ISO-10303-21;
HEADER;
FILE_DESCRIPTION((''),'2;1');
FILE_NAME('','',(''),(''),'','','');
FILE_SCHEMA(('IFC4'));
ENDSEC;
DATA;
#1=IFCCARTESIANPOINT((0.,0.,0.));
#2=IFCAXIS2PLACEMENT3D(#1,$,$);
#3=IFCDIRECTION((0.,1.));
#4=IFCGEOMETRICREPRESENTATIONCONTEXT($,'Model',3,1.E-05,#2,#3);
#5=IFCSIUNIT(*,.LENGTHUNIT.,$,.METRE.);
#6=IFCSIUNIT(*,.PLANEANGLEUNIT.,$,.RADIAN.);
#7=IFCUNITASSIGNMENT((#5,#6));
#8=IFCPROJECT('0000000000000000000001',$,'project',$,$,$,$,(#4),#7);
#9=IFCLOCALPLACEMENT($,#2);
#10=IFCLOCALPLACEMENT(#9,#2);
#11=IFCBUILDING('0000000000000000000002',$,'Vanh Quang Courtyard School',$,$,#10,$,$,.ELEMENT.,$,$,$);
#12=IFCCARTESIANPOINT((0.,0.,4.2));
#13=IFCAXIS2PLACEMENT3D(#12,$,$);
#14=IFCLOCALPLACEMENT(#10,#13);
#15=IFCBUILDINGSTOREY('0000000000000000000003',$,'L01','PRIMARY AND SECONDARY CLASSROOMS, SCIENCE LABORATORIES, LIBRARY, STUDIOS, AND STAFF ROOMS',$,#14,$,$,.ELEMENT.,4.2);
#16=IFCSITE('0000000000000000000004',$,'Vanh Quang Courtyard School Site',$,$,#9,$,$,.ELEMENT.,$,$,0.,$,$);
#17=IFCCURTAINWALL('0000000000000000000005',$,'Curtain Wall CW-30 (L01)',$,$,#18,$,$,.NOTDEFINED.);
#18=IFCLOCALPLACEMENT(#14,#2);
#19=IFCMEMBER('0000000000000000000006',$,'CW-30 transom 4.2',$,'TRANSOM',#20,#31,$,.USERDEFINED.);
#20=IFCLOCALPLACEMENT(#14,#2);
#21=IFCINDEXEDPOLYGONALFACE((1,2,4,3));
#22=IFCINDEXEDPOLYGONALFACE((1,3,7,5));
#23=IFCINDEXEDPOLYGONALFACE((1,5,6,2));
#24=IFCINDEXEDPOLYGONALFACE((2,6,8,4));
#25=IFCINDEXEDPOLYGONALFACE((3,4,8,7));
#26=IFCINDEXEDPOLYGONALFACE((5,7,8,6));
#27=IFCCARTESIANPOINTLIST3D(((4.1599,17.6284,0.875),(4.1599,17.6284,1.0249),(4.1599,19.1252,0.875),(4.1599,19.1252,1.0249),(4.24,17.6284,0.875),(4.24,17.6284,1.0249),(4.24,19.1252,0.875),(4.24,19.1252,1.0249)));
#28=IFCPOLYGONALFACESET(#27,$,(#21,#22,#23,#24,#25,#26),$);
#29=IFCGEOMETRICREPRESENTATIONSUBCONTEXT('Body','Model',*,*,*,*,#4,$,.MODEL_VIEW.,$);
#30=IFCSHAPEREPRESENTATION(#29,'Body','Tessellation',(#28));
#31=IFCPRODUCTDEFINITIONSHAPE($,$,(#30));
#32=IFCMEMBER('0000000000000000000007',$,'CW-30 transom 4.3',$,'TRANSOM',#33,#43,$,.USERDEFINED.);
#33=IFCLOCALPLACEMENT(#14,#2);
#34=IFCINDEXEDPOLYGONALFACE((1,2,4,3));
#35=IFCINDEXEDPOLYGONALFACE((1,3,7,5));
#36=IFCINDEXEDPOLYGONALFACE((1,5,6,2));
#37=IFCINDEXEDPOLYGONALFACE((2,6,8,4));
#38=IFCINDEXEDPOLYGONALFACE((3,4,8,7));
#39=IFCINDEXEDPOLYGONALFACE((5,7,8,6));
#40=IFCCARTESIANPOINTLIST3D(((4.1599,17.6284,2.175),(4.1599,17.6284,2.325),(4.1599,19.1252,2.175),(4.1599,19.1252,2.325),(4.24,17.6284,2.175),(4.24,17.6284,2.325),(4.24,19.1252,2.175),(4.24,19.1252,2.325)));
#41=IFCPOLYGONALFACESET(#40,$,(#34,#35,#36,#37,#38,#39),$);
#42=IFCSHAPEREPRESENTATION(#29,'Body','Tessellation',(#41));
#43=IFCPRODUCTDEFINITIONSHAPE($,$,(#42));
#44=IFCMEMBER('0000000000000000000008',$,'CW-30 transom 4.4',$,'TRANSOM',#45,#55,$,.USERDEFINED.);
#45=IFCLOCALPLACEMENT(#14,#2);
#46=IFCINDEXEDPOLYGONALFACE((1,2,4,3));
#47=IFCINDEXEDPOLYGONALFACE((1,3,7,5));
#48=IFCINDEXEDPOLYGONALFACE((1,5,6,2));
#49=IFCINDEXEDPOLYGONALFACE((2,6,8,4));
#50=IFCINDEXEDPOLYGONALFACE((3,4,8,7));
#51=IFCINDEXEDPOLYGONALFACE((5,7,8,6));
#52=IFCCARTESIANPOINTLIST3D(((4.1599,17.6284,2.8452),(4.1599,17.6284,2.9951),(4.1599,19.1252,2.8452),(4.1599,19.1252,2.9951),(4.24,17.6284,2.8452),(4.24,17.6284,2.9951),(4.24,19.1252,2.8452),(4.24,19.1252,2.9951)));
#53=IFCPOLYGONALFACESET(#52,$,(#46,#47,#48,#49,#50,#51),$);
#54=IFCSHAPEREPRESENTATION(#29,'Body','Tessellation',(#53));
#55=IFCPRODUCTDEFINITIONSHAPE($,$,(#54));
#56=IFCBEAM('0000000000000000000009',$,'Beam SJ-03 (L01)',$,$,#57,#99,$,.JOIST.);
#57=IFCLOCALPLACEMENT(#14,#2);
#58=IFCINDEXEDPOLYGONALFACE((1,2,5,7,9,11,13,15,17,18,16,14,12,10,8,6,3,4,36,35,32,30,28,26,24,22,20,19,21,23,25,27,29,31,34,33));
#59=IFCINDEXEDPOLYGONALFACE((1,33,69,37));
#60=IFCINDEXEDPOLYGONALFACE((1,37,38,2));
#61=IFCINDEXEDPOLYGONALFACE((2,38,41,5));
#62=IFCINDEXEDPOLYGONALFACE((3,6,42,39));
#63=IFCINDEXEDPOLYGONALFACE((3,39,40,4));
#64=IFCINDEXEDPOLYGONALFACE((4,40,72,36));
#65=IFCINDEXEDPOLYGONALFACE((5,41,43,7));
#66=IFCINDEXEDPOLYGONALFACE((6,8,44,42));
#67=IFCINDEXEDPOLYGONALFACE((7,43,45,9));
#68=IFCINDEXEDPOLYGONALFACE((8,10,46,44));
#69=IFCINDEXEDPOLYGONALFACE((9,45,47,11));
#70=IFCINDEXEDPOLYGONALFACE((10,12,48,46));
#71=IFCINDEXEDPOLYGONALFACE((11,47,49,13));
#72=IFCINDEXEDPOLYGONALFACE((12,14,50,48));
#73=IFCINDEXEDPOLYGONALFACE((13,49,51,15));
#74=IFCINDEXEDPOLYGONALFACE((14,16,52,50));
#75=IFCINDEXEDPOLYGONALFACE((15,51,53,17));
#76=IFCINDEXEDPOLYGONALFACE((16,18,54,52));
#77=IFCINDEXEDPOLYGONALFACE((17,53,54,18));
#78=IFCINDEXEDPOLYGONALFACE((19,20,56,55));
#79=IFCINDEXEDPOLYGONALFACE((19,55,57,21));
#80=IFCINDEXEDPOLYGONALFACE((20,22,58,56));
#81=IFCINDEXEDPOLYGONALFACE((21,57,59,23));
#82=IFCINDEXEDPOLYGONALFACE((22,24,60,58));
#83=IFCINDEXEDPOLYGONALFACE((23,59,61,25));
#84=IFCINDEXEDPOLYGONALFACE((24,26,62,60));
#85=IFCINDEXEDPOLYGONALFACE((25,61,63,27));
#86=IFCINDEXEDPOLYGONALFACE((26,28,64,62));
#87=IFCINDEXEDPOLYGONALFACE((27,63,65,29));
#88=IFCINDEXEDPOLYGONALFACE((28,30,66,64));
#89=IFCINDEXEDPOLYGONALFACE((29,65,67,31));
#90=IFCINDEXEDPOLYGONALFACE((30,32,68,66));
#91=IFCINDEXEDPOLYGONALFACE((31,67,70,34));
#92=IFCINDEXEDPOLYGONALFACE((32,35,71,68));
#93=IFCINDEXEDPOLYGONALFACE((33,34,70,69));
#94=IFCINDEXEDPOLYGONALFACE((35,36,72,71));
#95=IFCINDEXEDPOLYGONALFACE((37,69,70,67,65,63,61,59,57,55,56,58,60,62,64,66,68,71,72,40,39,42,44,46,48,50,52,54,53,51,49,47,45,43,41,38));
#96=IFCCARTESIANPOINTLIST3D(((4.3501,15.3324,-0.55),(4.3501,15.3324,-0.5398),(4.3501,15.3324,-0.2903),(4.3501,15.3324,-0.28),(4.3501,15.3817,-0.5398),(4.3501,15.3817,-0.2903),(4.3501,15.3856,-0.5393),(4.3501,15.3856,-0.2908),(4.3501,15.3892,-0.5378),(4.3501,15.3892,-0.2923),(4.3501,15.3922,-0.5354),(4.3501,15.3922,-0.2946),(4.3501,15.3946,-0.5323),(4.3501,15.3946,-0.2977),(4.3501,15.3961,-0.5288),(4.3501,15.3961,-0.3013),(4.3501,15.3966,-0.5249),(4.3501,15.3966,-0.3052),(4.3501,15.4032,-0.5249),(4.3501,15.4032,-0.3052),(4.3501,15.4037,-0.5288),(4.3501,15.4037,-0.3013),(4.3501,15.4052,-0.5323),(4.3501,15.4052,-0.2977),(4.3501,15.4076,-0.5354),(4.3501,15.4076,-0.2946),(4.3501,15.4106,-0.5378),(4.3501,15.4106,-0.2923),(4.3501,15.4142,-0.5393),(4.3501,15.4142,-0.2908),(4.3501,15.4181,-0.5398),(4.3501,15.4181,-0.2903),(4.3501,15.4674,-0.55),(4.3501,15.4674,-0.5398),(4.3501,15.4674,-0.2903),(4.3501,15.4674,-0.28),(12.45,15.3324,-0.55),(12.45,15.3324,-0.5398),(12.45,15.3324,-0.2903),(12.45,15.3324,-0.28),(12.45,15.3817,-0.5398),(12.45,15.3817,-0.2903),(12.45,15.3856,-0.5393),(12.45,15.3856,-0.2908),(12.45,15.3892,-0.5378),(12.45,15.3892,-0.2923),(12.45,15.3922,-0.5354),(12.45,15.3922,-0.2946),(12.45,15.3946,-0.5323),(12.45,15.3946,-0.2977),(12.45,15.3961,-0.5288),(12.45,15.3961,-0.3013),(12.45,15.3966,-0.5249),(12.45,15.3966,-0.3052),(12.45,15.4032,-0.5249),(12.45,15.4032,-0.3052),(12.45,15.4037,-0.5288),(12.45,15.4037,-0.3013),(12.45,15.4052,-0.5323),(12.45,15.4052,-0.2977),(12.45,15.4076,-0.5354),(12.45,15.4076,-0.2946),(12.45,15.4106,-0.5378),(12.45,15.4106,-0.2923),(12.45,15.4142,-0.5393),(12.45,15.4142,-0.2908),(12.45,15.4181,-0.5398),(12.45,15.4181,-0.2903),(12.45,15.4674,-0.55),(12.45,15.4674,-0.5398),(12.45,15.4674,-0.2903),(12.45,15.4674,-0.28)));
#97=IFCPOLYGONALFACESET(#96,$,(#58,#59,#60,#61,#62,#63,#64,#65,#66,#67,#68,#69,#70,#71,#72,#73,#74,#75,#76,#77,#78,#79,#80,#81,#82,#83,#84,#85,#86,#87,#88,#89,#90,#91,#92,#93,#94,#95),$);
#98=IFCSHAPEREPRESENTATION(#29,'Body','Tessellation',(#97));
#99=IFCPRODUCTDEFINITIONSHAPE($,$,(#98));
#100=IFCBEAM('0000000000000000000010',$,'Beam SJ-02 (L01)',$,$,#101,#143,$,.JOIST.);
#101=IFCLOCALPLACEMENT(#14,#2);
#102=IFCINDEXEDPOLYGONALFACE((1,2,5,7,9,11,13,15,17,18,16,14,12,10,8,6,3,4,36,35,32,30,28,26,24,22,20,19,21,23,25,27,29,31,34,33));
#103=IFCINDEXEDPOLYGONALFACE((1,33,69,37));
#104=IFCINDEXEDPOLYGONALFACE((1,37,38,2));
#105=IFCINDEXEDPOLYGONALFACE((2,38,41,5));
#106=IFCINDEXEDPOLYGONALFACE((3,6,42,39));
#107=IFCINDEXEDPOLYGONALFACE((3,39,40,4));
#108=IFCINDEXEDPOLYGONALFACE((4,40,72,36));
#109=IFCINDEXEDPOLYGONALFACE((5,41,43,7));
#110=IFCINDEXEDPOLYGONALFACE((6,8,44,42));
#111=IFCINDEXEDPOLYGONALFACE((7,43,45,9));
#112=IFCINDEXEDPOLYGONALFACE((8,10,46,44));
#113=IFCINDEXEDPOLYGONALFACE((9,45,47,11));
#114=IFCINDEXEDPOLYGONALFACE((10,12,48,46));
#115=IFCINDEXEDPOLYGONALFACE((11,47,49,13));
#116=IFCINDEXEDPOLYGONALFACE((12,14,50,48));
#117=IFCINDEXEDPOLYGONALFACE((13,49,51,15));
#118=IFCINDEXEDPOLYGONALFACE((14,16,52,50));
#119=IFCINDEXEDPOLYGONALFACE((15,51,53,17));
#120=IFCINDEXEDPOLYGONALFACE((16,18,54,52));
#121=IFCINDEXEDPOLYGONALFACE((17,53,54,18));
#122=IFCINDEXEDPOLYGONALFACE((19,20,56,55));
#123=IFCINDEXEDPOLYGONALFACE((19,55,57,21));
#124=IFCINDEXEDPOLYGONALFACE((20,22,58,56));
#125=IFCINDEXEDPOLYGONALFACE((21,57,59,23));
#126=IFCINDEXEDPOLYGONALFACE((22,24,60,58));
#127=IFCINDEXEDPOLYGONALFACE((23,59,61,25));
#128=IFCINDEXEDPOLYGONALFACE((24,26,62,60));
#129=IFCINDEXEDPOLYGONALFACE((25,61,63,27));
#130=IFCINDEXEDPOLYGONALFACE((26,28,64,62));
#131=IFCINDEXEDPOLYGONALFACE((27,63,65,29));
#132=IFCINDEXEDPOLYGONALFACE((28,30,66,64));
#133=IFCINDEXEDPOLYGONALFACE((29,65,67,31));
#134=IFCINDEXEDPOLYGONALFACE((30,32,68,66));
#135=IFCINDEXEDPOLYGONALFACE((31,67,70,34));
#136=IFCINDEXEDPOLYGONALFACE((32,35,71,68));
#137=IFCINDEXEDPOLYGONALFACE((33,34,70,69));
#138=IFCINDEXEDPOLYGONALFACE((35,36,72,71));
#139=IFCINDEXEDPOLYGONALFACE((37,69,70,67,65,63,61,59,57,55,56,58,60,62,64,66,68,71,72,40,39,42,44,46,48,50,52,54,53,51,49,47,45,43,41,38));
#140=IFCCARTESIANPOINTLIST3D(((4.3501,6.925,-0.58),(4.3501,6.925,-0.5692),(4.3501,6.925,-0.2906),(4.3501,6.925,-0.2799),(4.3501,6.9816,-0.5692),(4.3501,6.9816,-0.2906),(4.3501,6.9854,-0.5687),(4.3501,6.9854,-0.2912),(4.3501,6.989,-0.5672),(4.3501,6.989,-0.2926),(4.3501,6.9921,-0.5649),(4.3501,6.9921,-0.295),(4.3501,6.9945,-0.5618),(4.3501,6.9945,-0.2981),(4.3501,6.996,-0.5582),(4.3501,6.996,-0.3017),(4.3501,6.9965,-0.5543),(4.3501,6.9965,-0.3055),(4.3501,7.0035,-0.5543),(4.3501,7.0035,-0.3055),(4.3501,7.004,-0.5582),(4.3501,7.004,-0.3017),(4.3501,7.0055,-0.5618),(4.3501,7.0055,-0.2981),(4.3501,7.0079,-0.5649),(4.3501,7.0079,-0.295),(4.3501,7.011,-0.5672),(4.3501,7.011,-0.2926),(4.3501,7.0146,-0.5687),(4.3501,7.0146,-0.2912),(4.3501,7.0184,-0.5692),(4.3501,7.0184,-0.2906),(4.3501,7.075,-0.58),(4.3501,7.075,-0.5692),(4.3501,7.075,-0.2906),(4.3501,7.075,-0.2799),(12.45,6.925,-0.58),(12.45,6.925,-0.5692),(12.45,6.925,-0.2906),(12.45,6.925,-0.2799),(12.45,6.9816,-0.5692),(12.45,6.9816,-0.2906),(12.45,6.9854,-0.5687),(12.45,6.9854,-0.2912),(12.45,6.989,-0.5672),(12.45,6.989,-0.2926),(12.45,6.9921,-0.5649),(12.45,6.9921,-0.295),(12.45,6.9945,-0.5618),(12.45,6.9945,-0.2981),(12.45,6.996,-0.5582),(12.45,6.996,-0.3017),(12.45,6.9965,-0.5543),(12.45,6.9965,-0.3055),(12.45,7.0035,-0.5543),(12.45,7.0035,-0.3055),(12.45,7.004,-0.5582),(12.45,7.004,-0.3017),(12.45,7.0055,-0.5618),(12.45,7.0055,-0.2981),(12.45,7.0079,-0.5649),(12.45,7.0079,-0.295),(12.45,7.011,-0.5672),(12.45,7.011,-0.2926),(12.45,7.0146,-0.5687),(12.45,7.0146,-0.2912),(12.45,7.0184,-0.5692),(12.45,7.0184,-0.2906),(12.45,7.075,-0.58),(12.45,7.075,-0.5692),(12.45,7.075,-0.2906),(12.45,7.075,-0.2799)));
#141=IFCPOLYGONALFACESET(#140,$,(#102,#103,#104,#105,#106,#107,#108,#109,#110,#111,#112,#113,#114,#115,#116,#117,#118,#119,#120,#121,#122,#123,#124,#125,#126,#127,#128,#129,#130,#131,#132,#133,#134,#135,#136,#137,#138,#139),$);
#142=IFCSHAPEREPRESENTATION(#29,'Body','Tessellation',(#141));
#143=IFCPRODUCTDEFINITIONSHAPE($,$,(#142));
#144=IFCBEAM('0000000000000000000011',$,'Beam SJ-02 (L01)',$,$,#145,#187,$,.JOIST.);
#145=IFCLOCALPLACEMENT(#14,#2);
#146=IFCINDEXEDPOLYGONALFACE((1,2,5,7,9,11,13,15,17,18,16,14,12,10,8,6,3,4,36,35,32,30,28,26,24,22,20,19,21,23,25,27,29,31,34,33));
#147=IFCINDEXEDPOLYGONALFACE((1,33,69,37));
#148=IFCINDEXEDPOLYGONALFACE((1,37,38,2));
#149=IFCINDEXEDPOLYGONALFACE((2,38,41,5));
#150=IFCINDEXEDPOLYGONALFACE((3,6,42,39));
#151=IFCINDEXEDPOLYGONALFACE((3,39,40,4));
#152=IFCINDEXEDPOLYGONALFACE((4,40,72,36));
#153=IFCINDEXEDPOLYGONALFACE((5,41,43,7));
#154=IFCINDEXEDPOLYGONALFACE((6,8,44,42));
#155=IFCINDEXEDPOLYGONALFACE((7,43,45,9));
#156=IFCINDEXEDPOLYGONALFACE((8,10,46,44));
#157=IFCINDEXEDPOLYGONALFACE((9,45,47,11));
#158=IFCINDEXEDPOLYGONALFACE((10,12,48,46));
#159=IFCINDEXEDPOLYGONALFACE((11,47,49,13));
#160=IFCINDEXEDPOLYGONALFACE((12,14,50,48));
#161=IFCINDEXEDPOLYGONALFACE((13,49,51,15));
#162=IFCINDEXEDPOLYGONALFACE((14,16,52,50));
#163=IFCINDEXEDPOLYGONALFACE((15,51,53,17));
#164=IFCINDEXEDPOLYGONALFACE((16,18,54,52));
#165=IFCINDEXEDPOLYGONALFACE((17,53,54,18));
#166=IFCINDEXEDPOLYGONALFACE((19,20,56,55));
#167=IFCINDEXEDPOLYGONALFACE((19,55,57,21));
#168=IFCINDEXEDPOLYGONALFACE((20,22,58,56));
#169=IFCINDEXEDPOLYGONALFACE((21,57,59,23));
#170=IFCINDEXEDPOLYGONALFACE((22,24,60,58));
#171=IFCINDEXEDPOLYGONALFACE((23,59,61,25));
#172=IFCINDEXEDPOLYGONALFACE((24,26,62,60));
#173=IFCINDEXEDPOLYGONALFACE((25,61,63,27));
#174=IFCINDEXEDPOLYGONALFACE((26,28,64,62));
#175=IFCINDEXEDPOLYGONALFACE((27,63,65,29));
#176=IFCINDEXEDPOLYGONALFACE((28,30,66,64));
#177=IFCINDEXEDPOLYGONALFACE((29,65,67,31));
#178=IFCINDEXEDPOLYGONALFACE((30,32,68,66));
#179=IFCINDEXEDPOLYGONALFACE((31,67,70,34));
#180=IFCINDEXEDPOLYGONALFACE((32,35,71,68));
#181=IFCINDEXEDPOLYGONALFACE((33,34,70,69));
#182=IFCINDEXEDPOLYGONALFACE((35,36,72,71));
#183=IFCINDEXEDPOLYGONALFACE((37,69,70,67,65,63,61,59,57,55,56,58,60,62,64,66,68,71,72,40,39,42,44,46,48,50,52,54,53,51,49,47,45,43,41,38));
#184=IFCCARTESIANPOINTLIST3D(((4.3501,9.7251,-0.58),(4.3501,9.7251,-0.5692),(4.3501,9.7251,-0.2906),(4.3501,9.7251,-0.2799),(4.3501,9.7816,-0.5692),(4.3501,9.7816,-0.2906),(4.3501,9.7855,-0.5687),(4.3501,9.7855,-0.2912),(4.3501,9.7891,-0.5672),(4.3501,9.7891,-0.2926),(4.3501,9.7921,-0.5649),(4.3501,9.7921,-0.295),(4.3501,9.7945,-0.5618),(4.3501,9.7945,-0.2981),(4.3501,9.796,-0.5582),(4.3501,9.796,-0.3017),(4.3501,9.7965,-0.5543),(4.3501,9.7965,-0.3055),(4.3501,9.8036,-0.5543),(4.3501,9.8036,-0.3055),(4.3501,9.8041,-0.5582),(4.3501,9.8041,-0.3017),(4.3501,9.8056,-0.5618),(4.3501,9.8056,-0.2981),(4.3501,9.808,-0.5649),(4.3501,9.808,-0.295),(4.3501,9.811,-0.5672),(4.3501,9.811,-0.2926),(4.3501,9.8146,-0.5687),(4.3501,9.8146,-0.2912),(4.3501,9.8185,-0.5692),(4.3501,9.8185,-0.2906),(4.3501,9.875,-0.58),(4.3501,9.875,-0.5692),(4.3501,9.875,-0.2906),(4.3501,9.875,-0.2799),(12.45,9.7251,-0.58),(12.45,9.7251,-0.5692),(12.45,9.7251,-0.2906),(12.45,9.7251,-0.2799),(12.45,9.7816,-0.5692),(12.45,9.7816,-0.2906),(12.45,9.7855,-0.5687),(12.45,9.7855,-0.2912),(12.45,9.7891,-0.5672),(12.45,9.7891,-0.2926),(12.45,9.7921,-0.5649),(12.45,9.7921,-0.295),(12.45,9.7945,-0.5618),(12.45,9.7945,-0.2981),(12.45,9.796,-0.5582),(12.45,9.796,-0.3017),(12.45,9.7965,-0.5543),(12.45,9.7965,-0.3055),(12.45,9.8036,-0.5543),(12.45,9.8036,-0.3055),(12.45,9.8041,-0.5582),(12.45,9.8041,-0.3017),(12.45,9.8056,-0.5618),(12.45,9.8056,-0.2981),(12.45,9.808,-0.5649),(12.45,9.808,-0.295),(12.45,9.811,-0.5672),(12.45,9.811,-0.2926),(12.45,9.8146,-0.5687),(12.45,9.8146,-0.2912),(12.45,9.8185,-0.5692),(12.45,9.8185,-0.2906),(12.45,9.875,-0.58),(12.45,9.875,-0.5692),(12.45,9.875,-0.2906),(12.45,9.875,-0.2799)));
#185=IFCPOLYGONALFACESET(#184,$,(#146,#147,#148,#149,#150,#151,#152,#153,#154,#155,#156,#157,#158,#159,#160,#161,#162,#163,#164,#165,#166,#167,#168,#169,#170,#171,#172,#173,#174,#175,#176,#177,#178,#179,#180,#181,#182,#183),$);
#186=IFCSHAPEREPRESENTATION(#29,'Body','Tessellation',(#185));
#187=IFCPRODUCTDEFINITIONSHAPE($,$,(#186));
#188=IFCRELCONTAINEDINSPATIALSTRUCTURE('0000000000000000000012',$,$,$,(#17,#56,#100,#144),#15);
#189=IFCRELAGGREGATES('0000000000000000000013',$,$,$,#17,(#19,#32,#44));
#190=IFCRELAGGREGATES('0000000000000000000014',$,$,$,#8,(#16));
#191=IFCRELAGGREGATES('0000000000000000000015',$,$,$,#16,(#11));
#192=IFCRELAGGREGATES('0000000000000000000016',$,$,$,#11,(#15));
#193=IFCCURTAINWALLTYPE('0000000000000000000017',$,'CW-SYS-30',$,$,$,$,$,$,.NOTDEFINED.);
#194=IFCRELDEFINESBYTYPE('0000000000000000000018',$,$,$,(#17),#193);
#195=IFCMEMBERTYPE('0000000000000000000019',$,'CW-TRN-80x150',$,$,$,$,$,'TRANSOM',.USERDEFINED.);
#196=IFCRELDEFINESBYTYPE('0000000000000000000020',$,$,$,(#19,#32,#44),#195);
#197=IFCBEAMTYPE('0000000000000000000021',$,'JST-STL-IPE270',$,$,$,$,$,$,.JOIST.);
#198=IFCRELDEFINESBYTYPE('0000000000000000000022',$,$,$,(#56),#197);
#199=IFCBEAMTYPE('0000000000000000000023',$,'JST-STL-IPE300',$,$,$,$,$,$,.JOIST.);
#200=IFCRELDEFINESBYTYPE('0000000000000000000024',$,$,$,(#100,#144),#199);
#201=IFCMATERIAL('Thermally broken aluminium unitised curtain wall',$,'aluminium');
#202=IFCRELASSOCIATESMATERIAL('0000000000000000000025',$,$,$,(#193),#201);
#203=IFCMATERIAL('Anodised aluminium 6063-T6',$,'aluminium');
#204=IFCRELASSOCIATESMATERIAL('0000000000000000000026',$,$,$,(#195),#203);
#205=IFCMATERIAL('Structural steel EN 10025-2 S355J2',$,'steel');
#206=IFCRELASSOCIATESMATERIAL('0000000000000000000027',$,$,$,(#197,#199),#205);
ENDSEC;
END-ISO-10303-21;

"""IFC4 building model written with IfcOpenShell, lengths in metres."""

from ifc_helpers import new_model, si_unit, direction, frame, origin, origin_2d, place, context, subcontext, project, spatial, rectangle, i_section, extrude, material, material_profile, profile_set, type_object, element, aggregate, save


model = new_model("IFC4")

# Units and contexts
model_context = context("Model", 3, precision=1e-05, world=origin(), true_north=direction((0.0, 1.0)))
body_context = subcontext(model_context, "Body", "Model", "MODEL_VIEW")
ifc_project = project(units=[si_unit("LENGTHUNIT", "METRE"), si_unit("PLANEANGLEUNIT", "RADIAN")], contexts=[model_context])

# Site, building, storey
site_placement = place(None, origin())
site = spatial("IfcSite", under=ifc_project, at=site_placement, Name="Vanh Quang Courtyard School Site", CompositionType="ELEMENT", RefElevation=0.0)
building_placement = place(site_placement, origin())
building = spatial("IfcBuilding", under=site, at=building_placement, Name="Vanh Quang Courtyard School", CompositionType="ELEMENT")
storey_placement = place(building_placement, frame((0.0, 0.0, 4.2)))
storey = spatial("IfcBuildingStorey", under=building, at=storey_placement, Name="L01", Description="PRIMARY AND SECONDARY CLASSROOMS, SCIENCE LABORATORIES, LIBRARY, STUDIOS, AND STAFF ROOMS", CompositionType="ELEMENT", Elevation=4.2)

# Shared definitions
ifc_material_1 = material(Name="Thermally broken aluminium unitised curtain wall", Category="aluminium")
ifc_material_2 = material(Name="Anodised aluminium 6063-T6", Category="aluminium")

# Curtain wall
curtain_wall_type_1 = type_object("IfcCurtainWallType", Name="CW-SYS-30", PredefinedType="NOTDEFINED", material=ifc_material_1)
curtain_wall_1_placement = place(storey_placement, origin())
curtain_wall_1 = element("IfcCurtainWall", 1, at=curtain_wall_1_placement, inside=storey, type_object=curtain_wall_type_1, Name="Curtain Wall CW-30 (L01)", PredefinedType="NOTDEFINED")

# Members
ifc_material_profile_1 = material_profile(ifc_material_2, rectangle(XDim=0.0801, YDim=0.1499, at=origin_2d()), Name="ALU-TRN 80x150")
ifc_profile_set_1 = profile_set([ifc_material_profile_1], Name="Anodised aluminium 6063-T6")
member_type_1 = type_object("IfcMemberType", Name="CW-TRN-80x150", ElementType="TRANSOM", PredefinedType="USERDEFINED", material=ifc_profile_set_1)
member_1_placement = place(storey_placement, frame((4.2, 17.6284, 0.95), z_axis=(0.0, 1.0, 0.0), x_axis=(-1.0, 0.0, 0.0)))
member_1 = element("IfcMember", 2, at=member_1_placement, type_object=member_type_1, Name="CW-30 transom 4.2", ObjectType="TRANSOM", PredefinedType="USERDEFINED", context=body_context, shape_type="SweptSolid", body=[
    extrude(rectangle(XDim=0.0801, YDim=0.1499, at=origin_2d()), origin(), (0.0, 0.0, 1.0), 1.4968),
])
member_2_placement = place(storey_placement, frame((4.2, 17.6284, 2.25), z_axis=(0.0, 1.0, 0.0), x_axis=(-1.0, 0.0, 0.0)))
member_2 = element("IfcMember", 3, at=member_2_placement, type_object=member_type_1, Name="CW-30 transom 4.3", ObjectType="TRANSOM", PredefinedType="USERDEFINED", context=body_context, shape_type="SweptSolid", body=[
    extrude(rectangle(XDim=0.0801, YDim=0.1499, at=origin_2d()), origin(), (0.0, 0.0, 1.0), 1.4968),
])
member_3_placement = place(storey_placement, frame((4.2, 17.6284, 2.9202), z_axis=(0.0, 1.0, 0.0), x_axis=(-1.0, 0.0, 0.0)))
member_3 = element("IfcMember", 4, at=member_3_placement, type_object=member_type_1, Name="CW-30 transom 4.4", ObjectType="TRANSOM", PredefinedType="USERDEFINED", context=body_context, shape_type="SweptSolid", body=[
    extrude(rectangle(XDim=0.0801, YDim=0.1499, at=origin_2d()), origin(), (0.0, 0.0, 1.0), 1.4968),
])

# Beams
ifc_material_3 = material(Name="Structural steel EN 10025-2 S355J2", Category="steel")
ifc_material_profile_2 = material_profile(ifc_material_3, i_section(OverallWidth=0.135, OverallDepth=0.27, WebThickness=0.0066, FlangeThickness=0.0103, FilletRadius=0.0149, at=origin_2d()), Name="IPE 270")
ifc_profile_set_2 = profile_set([ifc_material_profile_2], Name="Structural steel EN 10025-2 S355J2")
beam_type_1 = type_object("IfcBeamType", Name="JST-STL-IPE270", PredefinedType="JOIST", material=ifc_profile_set_2)
beam_placement = place(storey_placement, frame((4.3501, 15.3999, -0.415), z_axis=(1.0, 0.0, 0.0), x_axis=(0.0, 1.0, 0.0)))
element("IfcBeam", 5, at=beam_placement, inside=storey, type_object=beam_type_1, Name="Beam SJ-03 (L01)", PredefinedType="JOIST", context=body_context, shape_type="SweptSolid", body=[
    extrude(i_section(OverallWidth=0.135, OverallDepth=0.27, WebThickness=0.0066, FlangeThickness=0.0103, FilletRadius=0.0149, at=origin_2d()), origin(), (0.0, 0.0, 1.0), 8.0999),
])
ifc_material_profile_3 = material_profile(ifc_material_3, i_section(OverallWidth=0.1499, OverallDepth=0.3, WebThickness=0.0071, FlangeThickness=0.0107, FilletRadius=0.0149, at=origin_2d()), Name="IPE 300")
ifc_profile_set_3 = profile_set([ifc_material_profile_3], Name="Structural steel EN 10025-2 S355J2")
beam_type_2 = type_object("IfcBeamType", Name="JST-STL-IPE300", PredefinedType="JOIST", material=ifc_profile_set_3)
for number, where, z_axis, x_axis, name in (
    (6, (4.3501, 7.0, -0.4299), (1.0, 0.0, 0.0), (0.0, 1.0, 0.0), "Beam SJ-02 (L01)"),
    (7, (4.3501, 9.8, -0.4299), (1.0, 0.0, 0.0), (0.0, 1.0, 0.0), "Beam SJ-02 (L01)"),
):
    element("IfcBeam", number, at=place(storey_placement, frame(where, z_axis=z_axis, x_axis=x_axis)), inside=storey, type_object=beam_type_2, Name=name, PredefinedType="JOIST", context=body_context, shape_type="SweptSolid", body=[
        extrude(i_section(OverallWidth=0.1499, OverallDepth=0.3, WebThickness=0.0071, FlangeThickness=0.0107, FilletRadius=0.0149, at=origin_2d()), origin(), (0.0, 0.0, 1.0), 8.0999),
    ])

aggregate(curtain_wall_1, [member_1, member_2, member_3])

save(model, "model.ifc")
